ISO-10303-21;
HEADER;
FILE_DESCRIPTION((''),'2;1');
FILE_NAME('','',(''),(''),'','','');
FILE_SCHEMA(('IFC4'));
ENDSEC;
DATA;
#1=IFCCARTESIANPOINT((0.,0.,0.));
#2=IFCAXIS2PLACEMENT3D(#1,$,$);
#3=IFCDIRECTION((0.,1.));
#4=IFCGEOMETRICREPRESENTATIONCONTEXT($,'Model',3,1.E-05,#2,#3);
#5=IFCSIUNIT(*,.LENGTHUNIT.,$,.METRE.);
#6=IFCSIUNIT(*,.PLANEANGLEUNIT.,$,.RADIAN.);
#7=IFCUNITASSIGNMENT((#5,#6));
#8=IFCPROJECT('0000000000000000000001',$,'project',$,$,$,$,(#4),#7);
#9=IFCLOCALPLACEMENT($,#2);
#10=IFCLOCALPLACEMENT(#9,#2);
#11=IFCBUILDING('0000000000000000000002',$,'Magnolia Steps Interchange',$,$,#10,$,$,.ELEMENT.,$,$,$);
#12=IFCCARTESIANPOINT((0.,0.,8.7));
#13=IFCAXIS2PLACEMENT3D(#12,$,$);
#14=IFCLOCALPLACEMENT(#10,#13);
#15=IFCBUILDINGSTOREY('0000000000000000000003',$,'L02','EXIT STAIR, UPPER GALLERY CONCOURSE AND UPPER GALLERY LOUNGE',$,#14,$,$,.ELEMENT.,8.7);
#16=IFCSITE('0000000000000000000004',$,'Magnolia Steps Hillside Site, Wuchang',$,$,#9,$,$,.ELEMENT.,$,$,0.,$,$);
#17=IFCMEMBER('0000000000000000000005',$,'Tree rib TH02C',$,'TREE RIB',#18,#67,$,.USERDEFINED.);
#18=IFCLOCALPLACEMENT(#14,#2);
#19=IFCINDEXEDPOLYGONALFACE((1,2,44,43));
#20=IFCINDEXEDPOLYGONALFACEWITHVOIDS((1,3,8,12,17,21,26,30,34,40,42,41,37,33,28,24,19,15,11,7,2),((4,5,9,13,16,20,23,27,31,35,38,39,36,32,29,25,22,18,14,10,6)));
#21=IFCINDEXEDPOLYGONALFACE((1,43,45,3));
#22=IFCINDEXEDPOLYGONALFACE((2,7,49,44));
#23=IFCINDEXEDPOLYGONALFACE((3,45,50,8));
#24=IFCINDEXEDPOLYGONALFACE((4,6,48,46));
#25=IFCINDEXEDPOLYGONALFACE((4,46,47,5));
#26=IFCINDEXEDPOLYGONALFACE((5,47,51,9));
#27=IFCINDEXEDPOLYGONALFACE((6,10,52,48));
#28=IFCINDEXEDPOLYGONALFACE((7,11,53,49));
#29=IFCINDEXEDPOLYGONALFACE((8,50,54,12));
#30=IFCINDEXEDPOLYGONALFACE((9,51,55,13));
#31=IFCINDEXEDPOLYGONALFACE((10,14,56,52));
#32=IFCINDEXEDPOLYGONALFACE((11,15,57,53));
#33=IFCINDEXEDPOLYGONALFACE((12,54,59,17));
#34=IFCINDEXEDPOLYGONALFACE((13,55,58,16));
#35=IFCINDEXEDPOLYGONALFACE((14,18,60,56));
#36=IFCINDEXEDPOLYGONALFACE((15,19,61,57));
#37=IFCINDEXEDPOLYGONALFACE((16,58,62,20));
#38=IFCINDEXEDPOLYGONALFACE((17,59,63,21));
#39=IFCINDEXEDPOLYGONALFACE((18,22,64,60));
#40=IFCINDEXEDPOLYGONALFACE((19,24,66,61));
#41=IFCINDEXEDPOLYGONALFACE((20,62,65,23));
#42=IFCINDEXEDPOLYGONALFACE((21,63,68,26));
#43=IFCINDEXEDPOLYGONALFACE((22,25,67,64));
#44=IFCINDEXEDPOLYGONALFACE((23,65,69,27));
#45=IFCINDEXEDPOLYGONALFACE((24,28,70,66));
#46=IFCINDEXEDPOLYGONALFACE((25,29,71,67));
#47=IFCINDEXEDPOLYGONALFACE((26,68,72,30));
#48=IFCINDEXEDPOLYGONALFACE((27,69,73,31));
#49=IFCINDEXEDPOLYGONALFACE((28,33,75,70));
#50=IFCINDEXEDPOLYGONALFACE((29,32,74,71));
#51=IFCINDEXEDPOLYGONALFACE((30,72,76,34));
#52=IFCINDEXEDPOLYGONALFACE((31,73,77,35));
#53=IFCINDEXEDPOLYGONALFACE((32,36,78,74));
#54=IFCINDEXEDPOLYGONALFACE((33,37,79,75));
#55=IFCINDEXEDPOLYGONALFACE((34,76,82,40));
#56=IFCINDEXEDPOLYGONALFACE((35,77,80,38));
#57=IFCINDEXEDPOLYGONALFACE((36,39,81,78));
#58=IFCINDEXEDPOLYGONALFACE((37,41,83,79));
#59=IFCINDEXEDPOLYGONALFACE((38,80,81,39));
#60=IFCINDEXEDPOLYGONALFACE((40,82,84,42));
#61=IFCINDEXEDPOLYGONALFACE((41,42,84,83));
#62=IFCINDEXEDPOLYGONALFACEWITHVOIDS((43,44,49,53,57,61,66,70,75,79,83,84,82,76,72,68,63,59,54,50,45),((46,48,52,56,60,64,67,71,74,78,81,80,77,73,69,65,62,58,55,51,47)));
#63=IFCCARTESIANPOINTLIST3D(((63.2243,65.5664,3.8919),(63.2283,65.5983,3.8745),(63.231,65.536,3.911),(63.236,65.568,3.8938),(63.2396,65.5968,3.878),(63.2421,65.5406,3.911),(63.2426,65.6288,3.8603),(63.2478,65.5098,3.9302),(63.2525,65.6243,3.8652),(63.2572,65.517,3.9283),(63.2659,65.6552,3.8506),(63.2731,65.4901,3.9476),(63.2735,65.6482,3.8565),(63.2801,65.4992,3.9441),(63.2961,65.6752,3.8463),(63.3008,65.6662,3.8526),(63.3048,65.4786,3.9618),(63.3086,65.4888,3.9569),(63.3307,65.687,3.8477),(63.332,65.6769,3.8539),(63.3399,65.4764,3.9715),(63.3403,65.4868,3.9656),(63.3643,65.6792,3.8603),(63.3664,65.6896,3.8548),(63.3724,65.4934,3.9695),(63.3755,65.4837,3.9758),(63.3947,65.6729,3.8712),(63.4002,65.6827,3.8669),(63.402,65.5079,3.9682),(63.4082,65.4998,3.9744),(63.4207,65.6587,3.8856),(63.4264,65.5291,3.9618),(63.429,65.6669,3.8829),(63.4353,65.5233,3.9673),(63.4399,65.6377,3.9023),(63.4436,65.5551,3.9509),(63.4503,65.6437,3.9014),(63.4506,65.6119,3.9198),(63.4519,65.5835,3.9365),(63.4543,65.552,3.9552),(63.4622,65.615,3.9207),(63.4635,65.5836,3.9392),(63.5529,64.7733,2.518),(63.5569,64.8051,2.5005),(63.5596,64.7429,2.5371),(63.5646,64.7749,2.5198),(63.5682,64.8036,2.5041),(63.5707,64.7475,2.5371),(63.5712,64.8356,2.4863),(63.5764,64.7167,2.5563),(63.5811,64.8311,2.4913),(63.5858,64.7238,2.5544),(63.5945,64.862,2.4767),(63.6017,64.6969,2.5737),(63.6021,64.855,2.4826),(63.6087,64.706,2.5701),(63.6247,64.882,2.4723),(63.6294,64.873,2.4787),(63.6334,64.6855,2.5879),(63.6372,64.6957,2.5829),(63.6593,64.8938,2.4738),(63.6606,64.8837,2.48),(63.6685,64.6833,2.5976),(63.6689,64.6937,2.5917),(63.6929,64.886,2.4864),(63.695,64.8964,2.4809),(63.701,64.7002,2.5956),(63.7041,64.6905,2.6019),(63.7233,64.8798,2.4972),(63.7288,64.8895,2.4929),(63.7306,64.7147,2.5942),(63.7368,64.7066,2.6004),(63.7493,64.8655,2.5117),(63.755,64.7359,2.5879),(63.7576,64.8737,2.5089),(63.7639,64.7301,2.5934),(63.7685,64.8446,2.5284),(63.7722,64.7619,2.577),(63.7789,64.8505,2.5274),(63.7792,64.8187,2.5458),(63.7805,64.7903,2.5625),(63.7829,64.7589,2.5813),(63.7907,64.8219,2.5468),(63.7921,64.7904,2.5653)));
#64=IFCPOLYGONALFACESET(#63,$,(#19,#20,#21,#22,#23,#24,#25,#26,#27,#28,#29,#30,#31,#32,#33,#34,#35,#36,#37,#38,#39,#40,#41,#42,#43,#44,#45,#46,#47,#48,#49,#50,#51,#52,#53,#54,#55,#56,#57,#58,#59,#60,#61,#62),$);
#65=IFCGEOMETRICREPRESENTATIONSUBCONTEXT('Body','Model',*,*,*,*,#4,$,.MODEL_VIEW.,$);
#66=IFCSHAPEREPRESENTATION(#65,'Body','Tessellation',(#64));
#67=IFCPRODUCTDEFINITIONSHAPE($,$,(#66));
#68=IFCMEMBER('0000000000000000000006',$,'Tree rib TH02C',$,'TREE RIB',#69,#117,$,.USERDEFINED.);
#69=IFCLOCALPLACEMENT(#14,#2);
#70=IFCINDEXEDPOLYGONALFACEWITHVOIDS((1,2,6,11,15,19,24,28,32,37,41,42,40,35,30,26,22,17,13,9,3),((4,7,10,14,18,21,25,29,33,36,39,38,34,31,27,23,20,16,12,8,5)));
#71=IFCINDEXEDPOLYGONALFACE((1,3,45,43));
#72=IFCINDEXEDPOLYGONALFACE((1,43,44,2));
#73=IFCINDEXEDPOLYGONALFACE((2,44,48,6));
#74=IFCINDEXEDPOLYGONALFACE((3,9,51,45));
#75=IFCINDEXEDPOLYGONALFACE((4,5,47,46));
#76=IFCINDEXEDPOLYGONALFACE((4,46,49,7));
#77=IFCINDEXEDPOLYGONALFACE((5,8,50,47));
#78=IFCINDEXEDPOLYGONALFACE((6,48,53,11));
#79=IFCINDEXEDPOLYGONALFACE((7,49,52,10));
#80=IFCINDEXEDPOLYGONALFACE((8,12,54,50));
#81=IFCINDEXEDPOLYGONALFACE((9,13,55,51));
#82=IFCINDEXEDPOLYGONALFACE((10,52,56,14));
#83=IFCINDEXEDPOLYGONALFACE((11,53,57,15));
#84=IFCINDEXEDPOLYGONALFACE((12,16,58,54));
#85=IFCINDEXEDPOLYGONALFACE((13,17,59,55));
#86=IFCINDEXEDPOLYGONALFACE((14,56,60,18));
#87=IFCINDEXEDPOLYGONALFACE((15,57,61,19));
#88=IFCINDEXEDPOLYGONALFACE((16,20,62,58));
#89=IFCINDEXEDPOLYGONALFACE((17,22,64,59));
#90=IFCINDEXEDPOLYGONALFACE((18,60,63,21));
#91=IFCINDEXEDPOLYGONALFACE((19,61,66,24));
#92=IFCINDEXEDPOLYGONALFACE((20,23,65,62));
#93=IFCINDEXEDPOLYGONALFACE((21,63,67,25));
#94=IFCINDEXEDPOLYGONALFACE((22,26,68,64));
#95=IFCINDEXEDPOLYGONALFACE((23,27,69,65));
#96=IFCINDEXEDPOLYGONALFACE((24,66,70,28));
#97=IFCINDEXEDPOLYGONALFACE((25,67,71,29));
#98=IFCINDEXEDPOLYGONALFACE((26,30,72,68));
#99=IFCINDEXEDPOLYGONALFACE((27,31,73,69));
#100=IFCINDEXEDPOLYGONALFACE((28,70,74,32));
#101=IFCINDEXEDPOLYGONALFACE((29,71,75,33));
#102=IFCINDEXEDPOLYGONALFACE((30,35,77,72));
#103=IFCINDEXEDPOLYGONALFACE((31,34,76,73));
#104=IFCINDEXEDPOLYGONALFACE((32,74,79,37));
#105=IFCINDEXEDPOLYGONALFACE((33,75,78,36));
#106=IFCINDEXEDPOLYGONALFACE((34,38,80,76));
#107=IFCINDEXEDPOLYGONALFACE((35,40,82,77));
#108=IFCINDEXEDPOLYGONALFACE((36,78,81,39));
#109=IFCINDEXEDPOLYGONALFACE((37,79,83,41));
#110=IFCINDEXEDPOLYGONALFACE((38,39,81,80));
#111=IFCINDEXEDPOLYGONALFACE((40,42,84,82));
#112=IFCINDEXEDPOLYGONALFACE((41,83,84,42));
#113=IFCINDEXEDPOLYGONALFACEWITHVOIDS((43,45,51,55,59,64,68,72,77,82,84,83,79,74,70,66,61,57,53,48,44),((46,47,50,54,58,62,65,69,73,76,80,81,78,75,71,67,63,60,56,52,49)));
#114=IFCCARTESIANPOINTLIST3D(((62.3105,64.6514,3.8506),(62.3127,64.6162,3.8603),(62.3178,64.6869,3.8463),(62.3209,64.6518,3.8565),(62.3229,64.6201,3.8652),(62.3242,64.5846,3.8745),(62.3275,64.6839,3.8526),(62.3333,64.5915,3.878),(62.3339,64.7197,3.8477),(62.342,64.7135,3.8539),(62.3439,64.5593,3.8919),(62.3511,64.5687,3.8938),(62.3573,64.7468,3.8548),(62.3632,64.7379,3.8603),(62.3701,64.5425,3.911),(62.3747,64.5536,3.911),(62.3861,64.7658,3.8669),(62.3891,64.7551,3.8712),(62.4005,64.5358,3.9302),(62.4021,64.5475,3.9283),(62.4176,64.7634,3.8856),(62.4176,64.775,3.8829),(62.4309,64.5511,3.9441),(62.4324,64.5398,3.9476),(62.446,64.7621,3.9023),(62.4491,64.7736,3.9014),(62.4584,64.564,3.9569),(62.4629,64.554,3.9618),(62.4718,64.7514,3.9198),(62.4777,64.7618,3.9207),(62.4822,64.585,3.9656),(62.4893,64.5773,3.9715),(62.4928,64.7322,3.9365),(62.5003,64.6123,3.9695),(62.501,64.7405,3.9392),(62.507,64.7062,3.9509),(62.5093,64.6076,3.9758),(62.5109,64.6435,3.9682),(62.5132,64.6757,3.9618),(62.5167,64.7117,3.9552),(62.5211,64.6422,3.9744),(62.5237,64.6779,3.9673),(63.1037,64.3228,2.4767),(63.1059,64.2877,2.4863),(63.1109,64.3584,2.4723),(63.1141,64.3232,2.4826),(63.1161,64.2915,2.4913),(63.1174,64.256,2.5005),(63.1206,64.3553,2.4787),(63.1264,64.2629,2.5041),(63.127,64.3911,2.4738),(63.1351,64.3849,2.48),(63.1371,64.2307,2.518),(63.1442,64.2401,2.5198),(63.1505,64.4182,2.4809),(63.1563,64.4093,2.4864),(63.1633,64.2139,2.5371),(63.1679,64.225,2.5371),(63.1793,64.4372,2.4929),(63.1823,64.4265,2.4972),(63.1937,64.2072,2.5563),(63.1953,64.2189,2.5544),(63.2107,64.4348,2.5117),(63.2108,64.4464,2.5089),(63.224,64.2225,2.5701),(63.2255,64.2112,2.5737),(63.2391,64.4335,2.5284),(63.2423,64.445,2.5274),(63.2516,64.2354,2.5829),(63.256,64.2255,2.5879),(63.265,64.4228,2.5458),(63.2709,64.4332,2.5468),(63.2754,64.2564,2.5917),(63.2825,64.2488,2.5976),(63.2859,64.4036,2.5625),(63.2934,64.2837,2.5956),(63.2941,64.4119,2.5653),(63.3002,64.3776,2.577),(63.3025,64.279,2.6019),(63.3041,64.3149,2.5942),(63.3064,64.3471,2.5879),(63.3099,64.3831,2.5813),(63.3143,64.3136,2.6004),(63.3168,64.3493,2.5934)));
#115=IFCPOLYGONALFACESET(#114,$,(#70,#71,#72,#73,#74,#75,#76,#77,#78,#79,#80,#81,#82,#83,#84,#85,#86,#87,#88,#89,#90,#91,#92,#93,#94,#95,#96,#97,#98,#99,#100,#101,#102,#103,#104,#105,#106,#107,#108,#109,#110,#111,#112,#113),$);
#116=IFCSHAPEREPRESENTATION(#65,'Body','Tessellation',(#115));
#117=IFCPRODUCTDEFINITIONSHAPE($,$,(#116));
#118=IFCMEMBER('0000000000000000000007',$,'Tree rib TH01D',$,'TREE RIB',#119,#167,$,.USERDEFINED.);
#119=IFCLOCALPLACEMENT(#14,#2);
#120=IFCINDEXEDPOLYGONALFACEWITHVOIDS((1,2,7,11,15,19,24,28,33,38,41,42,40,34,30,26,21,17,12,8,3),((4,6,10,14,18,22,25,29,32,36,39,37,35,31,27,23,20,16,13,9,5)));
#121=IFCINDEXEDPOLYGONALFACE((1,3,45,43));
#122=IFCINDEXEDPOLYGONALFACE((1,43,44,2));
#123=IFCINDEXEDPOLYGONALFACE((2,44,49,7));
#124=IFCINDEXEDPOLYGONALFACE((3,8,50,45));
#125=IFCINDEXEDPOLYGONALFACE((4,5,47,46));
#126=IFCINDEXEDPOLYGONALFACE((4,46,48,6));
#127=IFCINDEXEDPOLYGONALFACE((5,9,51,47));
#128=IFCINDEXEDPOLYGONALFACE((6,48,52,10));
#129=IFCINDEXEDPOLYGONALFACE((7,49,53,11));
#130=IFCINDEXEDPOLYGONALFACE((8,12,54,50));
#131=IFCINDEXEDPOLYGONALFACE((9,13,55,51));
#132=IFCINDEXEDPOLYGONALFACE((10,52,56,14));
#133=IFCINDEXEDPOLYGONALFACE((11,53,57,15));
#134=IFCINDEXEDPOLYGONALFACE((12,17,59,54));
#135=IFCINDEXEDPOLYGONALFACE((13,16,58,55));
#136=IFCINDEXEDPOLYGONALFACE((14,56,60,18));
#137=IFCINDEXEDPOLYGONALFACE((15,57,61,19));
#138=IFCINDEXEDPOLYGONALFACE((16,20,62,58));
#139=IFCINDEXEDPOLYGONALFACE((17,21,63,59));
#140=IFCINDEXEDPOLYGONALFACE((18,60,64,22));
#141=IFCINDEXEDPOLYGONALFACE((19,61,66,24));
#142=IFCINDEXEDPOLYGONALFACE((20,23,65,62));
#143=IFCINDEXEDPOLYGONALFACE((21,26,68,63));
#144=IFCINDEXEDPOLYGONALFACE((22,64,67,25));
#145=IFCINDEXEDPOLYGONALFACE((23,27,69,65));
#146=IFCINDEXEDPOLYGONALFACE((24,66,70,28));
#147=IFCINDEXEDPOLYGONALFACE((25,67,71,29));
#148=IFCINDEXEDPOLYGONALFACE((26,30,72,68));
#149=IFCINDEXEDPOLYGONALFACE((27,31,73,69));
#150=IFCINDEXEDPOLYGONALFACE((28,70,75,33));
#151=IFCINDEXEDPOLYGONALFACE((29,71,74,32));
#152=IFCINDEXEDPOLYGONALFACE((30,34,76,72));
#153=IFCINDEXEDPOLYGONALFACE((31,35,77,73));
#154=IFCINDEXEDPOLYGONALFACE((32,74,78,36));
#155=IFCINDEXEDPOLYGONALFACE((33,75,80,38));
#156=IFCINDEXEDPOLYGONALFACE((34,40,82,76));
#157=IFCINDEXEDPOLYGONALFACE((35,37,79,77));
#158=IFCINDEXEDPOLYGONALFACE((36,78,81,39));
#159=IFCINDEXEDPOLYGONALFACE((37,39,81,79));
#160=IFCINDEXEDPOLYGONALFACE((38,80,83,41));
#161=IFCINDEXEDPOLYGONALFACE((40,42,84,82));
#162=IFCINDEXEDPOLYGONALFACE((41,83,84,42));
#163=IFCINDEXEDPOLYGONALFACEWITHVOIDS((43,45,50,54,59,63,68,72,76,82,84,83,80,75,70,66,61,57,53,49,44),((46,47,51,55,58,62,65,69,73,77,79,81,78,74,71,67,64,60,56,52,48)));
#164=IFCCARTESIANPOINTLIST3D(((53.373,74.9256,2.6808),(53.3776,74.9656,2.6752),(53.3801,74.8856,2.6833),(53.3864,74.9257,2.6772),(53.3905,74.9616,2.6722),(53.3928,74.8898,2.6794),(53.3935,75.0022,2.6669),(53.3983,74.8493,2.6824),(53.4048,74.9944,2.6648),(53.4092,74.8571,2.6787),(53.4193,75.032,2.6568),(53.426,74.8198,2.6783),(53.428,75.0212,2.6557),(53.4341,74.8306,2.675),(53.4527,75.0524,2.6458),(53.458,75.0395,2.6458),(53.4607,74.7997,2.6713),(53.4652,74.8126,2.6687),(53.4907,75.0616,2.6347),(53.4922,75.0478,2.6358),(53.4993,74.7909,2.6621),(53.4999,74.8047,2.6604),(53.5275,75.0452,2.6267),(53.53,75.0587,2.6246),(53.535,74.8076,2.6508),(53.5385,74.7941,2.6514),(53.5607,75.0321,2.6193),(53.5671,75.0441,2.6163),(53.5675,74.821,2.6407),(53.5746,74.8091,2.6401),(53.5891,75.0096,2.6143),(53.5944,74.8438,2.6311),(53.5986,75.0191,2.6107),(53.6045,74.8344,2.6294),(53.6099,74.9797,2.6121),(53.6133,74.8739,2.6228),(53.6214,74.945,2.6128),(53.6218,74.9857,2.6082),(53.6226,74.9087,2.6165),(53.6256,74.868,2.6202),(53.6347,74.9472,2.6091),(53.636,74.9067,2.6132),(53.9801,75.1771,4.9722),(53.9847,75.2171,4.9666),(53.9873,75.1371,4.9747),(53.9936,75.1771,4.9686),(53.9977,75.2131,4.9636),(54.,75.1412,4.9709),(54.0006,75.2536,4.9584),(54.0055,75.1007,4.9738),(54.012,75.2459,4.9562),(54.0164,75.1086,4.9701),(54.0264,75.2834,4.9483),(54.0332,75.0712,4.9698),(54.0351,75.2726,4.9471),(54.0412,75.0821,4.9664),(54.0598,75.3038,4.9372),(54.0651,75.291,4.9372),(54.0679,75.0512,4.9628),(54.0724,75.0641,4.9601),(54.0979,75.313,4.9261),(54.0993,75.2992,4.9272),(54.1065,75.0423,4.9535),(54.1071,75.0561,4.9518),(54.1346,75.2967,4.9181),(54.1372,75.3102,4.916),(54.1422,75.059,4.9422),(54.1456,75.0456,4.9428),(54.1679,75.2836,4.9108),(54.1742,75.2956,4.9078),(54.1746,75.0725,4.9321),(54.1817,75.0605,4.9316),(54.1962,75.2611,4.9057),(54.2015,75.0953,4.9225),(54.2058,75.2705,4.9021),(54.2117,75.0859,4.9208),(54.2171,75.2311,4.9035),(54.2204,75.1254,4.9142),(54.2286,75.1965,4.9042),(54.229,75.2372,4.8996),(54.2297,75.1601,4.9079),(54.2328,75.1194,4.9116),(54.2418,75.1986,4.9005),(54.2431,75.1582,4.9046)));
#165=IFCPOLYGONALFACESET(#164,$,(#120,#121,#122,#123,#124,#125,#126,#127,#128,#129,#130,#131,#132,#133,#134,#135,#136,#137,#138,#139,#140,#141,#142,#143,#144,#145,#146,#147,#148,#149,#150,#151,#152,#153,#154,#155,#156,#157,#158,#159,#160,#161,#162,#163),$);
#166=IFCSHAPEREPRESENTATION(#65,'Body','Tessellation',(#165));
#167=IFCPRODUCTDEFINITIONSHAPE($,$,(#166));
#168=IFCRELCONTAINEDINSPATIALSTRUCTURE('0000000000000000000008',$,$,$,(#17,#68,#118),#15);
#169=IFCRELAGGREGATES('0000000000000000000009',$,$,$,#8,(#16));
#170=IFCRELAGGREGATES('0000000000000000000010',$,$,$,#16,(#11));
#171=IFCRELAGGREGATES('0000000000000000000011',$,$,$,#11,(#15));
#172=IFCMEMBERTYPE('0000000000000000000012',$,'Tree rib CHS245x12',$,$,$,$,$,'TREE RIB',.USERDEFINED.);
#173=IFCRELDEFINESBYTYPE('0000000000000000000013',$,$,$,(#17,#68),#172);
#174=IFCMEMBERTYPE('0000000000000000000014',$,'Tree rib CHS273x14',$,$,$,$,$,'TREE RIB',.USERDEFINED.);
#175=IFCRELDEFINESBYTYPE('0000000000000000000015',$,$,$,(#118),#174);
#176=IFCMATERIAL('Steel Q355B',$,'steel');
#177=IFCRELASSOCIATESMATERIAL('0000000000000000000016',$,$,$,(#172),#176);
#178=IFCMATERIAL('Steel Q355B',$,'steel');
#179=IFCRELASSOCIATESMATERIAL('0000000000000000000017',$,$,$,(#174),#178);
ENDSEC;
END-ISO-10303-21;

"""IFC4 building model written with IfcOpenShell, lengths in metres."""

from ifc_helpers import new_model, si_unit, direction, frame, origin, origin_2d, place, context, subcontext, project, spatial, hollow_circle, extrude, material, material_profile, profile_set, type_object, element, save


model = new_model("IFC4")

# Units and contexts
model_context = context("Model", 3, precision=1e-05, world=origin(), true_north=direction((0.0, 1.0)))
body_context = subcontext(model_context, "Body", "Model", "MODEL_VIEW")
ifc_project = project(units=[si_unit("LENGTHUNIT", "METRE"), si_unit("PLANEANGLEUNIT", "RADIAN")], contexts=[model_context])

# Site, building, storey
site_placement = place(None, origin())
site = spatial("IfcSite", under=ifc_project, at=site_placement, Name="Magnolia Steps Hillside Site, Wuchang", CompositionType="ELEMENT", RefElevation=0.0)
building_placement = place(site_placement, origin())
building = spatial("IfcBuilding", under=site, at=building_placement, Name="Magnolia Steps Interchange", CompositionType="ELEMENT")
storey_placement = place(building_placement, frame((0.0, 0.0, 8.7)))
storey = spatial("IfcBuildingStorey", under=building, at=storey_placement, Name="L02", Description="EXIT STAIR, UPPER GALLERY CONCOURSE AND UPPER GALLERY LOUNGE", CompositionType="ELEMENT", Elevation=8.7)

# Members
ifc_material_1 = material(Name="Steel Q355B", Category="steel")
ifc_material_profile_1 = material_profile(ifc_material_1, hollow_circle(Radius=0.1226, WallThickness=0.012, at=origin_2d()), Name="CHS245x12")
ifc_profile_set_1 = profile_set([ifc_material_profile_1], Name="Steel Q355B")
member_type_1 = type_object("IfcMemberType", Name="Tree rib CHS245x12", ElementType="TREE RIB", PredefinedType="USERDEFINED", material=ifc_profile_set_1)
for number, where, z_axis, x_axis, name in (
    (1, (63.6729, 64.7898, 2.5371), (-0.20282, 0.489571, 0.848047), (-0.923857, -0.382737, 0.0), "Tree rib TH02C"),
    (2, (63.2102, 64.3271, 2.5371), (-0.489571, 0.20282, 0.848047), (-0.382737, -0.923857, 0.0), "Tree rib TH02C"),
):
    element("IfcMember", number, at=place(storey_placement, frame(where, z_axis=z_axis, x_axis=x_axis)), inside=storey, type_object=member_type_1, Name=name, ObjectType="TREE RIB", PredefinedType="USERDEFINED", context=body_context, shape_type="SweptSolid", body=[
        extrude(hollow_circle(Radius=0.1226, WallThickness=0.012, at=origin_2d()), origin(), (0.0, 0.0, 1.0), 1.6201),
    ])
ifc_material_2 = material(Name="Steel Q355B", Category="steel")
ifc_material_profile_2 = material_profile(ifc_material_2, hollow_circle(Radius=0.1365, WallThickness=0.0139, at=origin_2d()), Name="CHS273x14")
ifc_profile_set_2 = profile_set([ifc_material_profile_2], Name="Steel Q355B")
member_type_2 = type_object("IfcMemberType", Name="Tree rib CHS273x14", ElementType="TREE RIB", PredefinedType="USERDEFINED", material=ifc_profile_set_2)
for number, where, z_axis, x_axis, name in (
    (3, (53.5049, 74.9263, 2.6458), (0.254701, 0.105485, 0.961249), (-0.382636, 0.923899, 0.0), "Tree rib TH01D"),
):
    element("IfcMember", number, at=place(storey_placement, frame(where, z_axis=z_axis, x_axis=x_axis)), inside=storey, type_object=member_type_2, Name=name, ObjectType="TREE RIB", PredefinedType="USERDEFINED", context=body_context, shape_type="SweptSolid", body=[
        extrude(hollow_circle(Radius=0.1365, WallThickness=0.0139, at=origin_2d()), origin(), (0.0, 0.0, 1.0), 2.3838),
    ])

save(model, "model.ifc")
